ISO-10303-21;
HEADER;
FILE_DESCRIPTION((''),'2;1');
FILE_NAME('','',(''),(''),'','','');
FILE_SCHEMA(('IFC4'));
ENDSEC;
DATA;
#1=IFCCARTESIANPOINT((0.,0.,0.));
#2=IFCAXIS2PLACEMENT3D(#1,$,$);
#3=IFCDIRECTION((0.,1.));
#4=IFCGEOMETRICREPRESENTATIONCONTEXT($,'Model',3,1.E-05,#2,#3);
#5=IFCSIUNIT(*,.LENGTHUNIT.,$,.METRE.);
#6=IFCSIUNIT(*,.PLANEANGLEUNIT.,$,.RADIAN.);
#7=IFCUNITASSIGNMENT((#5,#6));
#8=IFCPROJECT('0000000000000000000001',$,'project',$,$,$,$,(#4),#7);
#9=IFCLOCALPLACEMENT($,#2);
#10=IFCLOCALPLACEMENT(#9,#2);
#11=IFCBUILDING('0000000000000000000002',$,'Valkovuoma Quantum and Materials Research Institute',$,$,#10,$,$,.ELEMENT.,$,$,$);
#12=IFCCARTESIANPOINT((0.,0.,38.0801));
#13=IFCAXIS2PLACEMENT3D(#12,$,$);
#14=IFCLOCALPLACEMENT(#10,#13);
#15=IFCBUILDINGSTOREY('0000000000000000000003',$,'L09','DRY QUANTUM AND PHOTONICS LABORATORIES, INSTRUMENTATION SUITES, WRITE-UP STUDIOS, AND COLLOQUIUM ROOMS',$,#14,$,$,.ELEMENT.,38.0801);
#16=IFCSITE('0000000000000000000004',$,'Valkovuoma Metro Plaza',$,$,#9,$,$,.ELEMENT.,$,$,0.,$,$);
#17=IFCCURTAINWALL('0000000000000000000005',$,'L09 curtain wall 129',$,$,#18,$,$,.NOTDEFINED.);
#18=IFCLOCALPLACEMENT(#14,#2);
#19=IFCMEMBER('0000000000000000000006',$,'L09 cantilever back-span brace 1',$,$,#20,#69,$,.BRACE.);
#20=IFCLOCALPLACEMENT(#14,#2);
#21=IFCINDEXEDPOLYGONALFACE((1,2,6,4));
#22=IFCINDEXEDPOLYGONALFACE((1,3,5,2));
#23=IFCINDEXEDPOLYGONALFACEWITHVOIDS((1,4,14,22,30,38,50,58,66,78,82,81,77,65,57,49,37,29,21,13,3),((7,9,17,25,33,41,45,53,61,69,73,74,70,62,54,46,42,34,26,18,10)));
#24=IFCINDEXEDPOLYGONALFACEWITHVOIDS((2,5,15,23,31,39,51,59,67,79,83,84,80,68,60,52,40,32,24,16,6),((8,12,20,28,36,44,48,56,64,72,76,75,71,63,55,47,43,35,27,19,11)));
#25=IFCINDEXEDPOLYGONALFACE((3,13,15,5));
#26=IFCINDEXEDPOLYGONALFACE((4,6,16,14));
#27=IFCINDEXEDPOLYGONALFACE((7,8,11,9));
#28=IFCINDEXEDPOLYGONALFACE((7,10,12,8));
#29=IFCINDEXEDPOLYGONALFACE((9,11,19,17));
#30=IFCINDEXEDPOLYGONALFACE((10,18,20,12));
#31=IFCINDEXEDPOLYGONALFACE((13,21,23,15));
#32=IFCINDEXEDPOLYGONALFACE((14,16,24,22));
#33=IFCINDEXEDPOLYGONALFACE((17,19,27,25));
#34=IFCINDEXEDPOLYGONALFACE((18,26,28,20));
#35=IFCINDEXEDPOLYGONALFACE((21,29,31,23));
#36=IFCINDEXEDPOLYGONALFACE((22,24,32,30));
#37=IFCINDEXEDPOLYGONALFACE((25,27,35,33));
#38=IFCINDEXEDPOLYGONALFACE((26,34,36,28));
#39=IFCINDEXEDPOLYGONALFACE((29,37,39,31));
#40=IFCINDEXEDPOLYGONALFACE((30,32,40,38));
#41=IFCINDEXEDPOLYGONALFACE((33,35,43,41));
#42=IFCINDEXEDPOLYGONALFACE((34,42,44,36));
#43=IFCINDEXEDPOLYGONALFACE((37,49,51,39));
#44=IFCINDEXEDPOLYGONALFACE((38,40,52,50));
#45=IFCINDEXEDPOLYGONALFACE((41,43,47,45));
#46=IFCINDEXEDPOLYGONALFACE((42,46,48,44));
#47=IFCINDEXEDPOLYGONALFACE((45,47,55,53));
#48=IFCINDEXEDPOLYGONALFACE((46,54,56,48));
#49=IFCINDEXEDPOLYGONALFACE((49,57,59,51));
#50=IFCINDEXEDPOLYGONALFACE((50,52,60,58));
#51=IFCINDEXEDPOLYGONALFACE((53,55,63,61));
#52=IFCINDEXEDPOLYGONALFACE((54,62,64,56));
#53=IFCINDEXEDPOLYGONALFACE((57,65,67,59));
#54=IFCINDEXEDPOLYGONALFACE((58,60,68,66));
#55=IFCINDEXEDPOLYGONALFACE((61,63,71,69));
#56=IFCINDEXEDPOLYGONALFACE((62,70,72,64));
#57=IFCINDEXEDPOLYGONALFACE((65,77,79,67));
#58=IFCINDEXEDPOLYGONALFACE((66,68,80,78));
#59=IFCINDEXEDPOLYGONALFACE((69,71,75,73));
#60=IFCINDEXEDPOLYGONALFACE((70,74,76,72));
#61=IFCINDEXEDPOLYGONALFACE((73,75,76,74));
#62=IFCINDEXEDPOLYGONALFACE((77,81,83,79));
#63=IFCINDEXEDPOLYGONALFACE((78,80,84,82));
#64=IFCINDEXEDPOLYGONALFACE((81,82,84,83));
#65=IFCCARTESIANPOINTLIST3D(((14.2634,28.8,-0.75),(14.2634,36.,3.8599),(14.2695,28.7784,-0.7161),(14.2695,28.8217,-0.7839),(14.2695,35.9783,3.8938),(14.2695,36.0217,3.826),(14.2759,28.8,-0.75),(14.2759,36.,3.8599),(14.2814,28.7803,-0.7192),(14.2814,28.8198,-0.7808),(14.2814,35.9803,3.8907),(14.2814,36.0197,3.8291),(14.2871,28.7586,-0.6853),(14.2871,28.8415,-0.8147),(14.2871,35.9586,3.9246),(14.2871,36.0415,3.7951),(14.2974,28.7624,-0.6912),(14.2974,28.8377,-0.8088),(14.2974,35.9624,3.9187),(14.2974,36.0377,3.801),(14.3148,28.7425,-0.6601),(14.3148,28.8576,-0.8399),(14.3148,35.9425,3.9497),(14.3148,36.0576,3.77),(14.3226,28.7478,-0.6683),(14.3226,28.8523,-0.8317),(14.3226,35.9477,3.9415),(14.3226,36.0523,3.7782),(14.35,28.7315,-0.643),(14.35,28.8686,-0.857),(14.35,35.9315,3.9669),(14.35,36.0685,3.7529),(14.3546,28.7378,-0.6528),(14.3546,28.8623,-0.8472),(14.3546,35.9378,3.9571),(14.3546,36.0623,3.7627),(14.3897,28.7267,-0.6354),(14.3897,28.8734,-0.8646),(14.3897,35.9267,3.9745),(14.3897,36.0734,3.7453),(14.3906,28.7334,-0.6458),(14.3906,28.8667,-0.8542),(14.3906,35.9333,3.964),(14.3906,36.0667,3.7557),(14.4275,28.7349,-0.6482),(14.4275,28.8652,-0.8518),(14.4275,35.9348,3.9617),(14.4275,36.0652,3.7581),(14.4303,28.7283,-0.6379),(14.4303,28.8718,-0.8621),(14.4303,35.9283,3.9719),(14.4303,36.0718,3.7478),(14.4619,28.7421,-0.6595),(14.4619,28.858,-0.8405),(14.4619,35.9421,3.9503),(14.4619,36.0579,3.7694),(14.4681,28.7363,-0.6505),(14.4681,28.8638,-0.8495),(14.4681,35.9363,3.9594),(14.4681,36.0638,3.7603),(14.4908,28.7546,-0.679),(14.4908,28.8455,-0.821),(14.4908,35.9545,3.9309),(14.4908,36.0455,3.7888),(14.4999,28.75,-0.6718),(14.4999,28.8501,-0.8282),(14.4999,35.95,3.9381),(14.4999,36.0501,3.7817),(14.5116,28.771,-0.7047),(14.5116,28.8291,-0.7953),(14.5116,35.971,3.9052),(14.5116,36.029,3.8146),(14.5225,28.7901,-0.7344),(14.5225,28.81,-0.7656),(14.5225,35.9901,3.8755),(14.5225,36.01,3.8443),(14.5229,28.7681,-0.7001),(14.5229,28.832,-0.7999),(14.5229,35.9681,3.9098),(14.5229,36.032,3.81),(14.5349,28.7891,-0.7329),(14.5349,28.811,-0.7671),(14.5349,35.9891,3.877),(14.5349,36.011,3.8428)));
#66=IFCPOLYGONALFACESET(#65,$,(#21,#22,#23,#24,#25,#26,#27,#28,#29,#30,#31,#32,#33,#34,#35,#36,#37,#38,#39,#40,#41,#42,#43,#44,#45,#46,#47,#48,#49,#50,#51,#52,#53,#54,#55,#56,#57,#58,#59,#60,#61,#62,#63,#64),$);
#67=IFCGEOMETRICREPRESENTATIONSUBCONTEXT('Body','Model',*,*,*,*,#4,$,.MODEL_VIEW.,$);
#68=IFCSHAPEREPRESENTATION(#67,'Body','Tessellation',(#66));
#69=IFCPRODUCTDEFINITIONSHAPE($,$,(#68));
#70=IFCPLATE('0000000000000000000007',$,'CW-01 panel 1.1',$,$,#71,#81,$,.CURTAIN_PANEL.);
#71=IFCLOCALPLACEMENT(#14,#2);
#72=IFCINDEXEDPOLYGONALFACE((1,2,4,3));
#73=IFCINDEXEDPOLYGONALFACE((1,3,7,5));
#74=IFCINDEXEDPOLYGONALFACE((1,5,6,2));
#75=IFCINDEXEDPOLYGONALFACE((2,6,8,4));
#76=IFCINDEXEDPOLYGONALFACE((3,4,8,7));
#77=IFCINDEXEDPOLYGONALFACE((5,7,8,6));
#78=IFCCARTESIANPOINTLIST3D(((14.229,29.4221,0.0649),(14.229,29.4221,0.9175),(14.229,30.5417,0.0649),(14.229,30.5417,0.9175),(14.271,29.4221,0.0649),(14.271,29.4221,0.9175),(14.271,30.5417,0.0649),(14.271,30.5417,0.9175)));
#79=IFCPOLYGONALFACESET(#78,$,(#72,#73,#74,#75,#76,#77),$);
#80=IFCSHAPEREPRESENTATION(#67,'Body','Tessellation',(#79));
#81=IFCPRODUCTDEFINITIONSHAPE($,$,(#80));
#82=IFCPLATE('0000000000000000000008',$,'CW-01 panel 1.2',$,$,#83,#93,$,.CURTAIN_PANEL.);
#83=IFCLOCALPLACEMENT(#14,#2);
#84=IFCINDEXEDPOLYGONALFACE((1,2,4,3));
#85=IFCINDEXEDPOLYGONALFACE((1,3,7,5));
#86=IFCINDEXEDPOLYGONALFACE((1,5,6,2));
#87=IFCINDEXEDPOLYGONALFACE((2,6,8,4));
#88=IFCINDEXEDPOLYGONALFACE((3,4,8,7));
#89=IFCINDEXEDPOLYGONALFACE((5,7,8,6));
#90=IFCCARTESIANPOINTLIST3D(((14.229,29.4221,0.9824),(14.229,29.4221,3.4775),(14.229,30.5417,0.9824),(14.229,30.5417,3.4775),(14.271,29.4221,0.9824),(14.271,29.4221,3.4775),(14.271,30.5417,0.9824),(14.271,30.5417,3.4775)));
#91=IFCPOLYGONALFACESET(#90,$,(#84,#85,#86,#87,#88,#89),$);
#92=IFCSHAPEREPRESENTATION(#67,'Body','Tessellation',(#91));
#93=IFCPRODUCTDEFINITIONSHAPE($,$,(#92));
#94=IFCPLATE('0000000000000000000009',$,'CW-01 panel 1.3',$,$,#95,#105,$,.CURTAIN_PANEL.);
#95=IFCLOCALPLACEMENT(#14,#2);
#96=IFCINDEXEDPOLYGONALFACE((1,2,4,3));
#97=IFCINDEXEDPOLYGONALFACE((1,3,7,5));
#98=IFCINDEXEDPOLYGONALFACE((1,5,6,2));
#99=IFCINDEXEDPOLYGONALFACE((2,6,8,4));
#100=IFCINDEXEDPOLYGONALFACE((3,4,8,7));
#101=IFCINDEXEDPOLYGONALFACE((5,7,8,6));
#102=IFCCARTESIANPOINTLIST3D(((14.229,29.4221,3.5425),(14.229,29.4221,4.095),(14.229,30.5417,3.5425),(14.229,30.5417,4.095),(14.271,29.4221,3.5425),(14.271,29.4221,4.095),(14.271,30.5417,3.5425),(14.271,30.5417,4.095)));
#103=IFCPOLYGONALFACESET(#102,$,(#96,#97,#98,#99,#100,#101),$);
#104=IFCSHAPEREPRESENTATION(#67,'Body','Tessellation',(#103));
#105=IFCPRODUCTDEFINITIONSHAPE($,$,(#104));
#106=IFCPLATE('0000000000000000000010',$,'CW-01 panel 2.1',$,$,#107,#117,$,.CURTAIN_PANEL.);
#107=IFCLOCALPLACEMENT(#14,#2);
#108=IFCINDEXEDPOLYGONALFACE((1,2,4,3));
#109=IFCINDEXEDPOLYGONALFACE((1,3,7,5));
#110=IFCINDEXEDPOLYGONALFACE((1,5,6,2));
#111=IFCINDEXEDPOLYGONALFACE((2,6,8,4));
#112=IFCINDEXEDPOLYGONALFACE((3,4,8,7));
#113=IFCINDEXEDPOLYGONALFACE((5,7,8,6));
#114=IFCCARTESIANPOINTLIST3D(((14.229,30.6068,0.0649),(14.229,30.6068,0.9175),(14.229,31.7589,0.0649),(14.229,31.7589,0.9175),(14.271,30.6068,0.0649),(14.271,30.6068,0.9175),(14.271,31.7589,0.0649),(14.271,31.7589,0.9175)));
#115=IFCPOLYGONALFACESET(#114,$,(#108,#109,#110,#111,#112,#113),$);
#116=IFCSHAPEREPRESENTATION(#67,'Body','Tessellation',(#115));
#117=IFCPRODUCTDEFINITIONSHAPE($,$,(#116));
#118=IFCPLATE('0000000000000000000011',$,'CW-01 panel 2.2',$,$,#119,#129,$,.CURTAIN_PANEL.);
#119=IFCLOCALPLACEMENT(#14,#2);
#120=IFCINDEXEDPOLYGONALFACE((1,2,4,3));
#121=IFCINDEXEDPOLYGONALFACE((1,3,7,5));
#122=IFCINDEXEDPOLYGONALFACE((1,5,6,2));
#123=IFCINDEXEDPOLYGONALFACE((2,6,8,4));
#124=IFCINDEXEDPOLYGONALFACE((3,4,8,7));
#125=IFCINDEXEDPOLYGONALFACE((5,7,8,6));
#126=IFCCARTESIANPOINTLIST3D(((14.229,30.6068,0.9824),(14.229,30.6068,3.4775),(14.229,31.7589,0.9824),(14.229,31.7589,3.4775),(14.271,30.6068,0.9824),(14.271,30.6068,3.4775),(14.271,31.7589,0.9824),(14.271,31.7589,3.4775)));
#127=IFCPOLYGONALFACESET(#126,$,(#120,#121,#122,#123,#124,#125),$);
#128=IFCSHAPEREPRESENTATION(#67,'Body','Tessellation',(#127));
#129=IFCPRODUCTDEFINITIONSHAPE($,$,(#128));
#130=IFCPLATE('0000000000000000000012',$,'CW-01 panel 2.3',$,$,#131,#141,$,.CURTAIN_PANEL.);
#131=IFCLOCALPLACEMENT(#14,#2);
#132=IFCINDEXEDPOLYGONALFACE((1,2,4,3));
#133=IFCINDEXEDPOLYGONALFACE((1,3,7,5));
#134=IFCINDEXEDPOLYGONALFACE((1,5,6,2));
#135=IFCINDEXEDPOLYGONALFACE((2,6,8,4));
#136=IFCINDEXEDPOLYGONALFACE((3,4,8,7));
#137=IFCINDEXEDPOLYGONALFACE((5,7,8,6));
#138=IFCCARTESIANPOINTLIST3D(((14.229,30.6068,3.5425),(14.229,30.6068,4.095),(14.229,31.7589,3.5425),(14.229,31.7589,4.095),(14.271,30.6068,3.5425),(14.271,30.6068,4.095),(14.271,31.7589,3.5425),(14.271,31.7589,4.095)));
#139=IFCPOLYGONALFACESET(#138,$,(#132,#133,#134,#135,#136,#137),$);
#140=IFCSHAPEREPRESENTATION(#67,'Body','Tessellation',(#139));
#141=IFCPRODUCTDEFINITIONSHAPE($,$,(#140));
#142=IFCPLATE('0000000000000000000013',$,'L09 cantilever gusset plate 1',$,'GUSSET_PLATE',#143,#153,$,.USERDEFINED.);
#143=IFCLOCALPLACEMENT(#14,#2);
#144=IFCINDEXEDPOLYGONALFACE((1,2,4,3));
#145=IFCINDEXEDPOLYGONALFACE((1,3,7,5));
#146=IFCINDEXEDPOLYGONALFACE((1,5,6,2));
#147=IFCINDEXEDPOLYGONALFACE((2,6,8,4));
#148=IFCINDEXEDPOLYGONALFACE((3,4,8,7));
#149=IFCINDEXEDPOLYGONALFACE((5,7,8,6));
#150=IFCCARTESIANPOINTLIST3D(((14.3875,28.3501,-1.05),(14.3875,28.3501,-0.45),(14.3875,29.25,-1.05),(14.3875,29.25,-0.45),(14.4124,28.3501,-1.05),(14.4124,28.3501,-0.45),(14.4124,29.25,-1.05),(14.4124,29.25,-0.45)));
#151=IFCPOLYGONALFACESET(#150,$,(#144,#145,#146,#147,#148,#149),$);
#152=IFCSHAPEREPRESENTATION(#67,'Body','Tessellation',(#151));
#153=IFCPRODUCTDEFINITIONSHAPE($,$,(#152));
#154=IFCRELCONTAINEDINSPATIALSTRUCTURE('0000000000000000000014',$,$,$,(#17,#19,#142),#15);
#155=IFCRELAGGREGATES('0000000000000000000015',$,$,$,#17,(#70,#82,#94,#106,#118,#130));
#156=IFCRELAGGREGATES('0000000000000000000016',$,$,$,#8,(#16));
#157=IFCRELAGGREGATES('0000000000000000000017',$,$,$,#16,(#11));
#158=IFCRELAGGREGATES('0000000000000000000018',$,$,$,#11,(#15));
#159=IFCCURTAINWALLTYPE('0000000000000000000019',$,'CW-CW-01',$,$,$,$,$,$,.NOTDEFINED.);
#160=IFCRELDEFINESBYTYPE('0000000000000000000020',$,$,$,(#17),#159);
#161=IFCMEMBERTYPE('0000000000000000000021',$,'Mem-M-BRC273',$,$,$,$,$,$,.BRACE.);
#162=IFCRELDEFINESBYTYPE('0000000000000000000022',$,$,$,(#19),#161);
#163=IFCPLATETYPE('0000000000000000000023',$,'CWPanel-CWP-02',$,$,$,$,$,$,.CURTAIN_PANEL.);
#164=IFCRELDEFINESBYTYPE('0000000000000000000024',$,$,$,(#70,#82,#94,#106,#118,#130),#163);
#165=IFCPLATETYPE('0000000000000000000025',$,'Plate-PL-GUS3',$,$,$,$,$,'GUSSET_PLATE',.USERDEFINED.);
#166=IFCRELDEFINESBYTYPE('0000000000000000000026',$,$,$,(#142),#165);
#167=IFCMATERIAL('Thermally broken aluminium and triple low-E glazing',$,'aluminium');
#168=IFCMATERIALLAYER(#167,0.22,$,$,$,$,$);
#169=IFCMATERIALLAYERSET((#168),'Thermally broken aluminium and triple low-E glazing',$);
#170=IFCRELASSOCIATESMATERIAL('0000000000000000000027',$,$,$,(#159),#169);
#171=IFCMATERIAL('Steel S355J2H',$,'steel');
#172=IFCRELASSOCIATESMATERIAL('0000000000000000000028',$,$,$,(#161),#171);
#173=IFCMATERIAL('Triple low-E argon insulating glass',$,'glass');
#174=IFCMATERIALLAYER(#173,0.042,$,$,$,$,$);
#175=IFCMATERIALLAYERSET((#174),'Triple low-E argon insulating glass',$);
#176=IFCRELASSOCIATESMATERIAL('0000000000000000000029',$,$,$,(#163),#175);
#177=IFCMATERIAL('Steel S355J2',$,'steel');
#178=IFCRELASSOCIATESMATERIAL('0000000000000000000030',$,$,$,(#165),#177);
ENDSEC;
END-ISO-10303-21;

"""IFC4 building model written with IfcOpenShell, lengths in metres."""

from ifc_helpers import new_model, si_unit, direction, frame, origin, origin_2d, place, context, subcontext, project, spatial, rectangle, hollow_circle, extrude, material, layer, layer_set, material_profile, profile_set, type_object, element, aggregate, save


model = new_model("IFC4")

# Units and contexts
model_context = context("Model", 3, precision=1e-05, world=origin(), true_north=direction((0.0, 1.0)))
body_context = subcontext(model_context, "Body", "Model", "MODEL_VIEW")
ifc_project = project(units=[si_unit("LENGTHUNIT", "METRE"), si_unit("PLANEANGLEUNIT", "RADIAN")], contexts=[model_context])

# Site, building, storey
site_placement = place(None, origin())
site = spatial("IfcSite", under=ifc_project, at=site_placement, Name="Valkovuoma Metro Plaza", CompositionType="ELEMENT", RefElevation=0.0)
building_placement = place(site_placement, origin())
building = spatial("IfcBuilding", under=site, at=building_placement, Name="Valkovuoma Quantum and Materials Research Institute", CompositionType="ELEMENT")
storey_placement = place(building_placement, frame((0.0, 0.0, 38.0801)))
storey = spatial("IfcBuildingStorey", under=building, at=storey_placement, Name="L09", Description="DRY QUANTUM AND PHOTONICS LABORATORIES, INSTRUMENTATION SUITES, WRITE-UP STUDIOS, AND COLLOQUIUM ROOMS", CompositionType="ELEMENT", Elevation=38.0801)

# Curtain wall
ifc_material_1 = material(Name="Thermally broken aluminium and triple low-E glazing", Category="aluminium")
ifc_layer_1 = layer(ifc_material_1, 0.22)
ifc_layer_set_1 = layer_set([ifc_layer_1], Name="Thermally broken aluminium and triple low-E glazing")
curtain_wall_type = type_object("IfcCurtainWallType", Name="CW-CW-01", PredefinedType="NOTDEFINED", material=ifc_layer_set_1)
curtain_wall_placement = place(storey_placement, origin())
curtain_wall = element("IfcCurtainWall", 1, at=curtain_wall_placement, inside=storey, type_object=curtain_wall_type, Name="L09 curtain wall 129", PredefinedType="NOTDEFINED")

# Member
ifc_material_2 = material(Name="Steel S355J2H", Category="steel")
ifc_material_profile_1 = material_profile(ifc_material_2, hollow_circle(Radius=0.1365, WallThickness=0.0125, at=origin_2d()), Name="Steel S355J2H")
ifc_profile_set_1 = profile_set([ifc_material_profile_1], Name="Steel S355J2H")
member_type_1 = type_object("IfcMemberType", Name="Mem-M-BRC273", PredefinedType="BRACE", material=ifc_profile_set_1)
member_1_placement = place(storey_placement, frame((14.3999, 28.8, -0.75), z_axis=(0.0, 0.842171, 0.539211), x_axis=(-1.0, 0.0, 0.0)))
element("IfcMember", 2, at=member_1_placement, inside=storey, type_object=member_type_1, Name="L09 cantilever back-span brace 1", PredefinedType="BRACE", context=body_context, shape_type="SweptSolid", body=[
    extrude(hollow_circle(Radius=0.1365, WallThickness=0.0125, at=origin_2d()), origin(), (0.0, 0.0, 1.0), 8.5493),
])

# Plates
ifc_material_3 = material(Name="Triple low-E argon insulating glass", Category="glass")
ifc_layer_2 = layer(ifc_material_3, 0.042)
ifc_layer_set_2 = layer_set([ifc_layer_2], Name="Triple low-E argon insulating glass")
plate_type_1 = type_object("IfcPlateType", Name="CWPanel-CWP-02", PredefinedType="CURTAIN_PANEL", material=ifc_layer_set_2)
plate_1_placement = place(storey_placement, frame((14.25, 29.9819, 0.0649), z_axis=(0.0, 0.0, 1.0), x_axis=(0.0, 1.0, 0.0)))
plate_1 = element("IfcPlate", 3, at=plate_1_placement, type_object=plate_type_1, Name="CW-01 panel 1.1", PredefinedType="CURTAIN_PANEL", context=body_context, shape_type="SweptSolid", body=[
    extrude(rectangle(XDim=1.1196, YDim=0.042, at=origin_2d()), origin(), (0.0, 0.0, 1.0), 0.8525),
])
plate_2_placement = place(storey_placement, frame((14.25, 29.9819, 0.9824), z_axis=(0.0, 0.0, 1.0), x_axis=(0.0, 1.0, 0.0)))
plate_2 = element("IfcPlate", 4, at=plate_2_placement, type_object=plate_type_1, Name="CW-01 panel 1.2", PredefinedType="CURTAIN_PANEL", context=body_context, shape_type="SweptSolid", body=[
    extrude(rectangle(XDim=1.1196, YDim=0.042, at=origin_2d()), origin(), (0.0, 0.0, 1.0), 2.4951),
])
plate_3_placement = place(storey_placement, frame((14.25, 29.9819, 3.5425), z_axis=(0.0, 0.0, 1.0), x_axis=(0.0, 1.0, 0.0)))
plate_3 = element("IfcPlate", 5, at=plate_3_placement, type_object=plate_type_1, Name="CW-01 panel 1.3", PredefinedType="CURTAIN_PANEL", context=body_context, shape_type="SweptSolid", body=[
    extrude(rectangle(XDim=1.1196, YDim=0.042, at=origin_2d()), origin(), (0.0, 0.0, 1.0), 0.5525),
])
plate_4_placement = place(storey_placement, frame((14.25, 31.1829, 0.0649), z_axis=(0.0, 0.0, 1.0), x_axis=(0.0, 1.0, 0.0)))
plate_4 = element("IfcPlate", 6, at=plate_4_placement, type_object=plate_type_1, Name="CW-01 panel 2.1", PredefinedType="CURTAIN_PANEL", context=body_context, shape_type="SweptSolid", body=[
    extrude(rectangle(XDim=1.1521, YDim=0.042, at=origin_2d()), origin(), (0.0, 0.0, 1.0), 0.8525),
])
plate_5_placement = place(storey_placement, frame((14.25, 31.1829, 0.9824), z_axis=(0.0, 0.0, 1.0), x_axis=(0.0, 1.0, 0.0)))
plate_5 = element("IfcPlate", 7, at=plate_5_placement, type_object=plate_type_1, Name="CW-01 panel 2.2", PredefinedType="CURTAIN_PANEL", context=body_context, shape_type="SweptSolid", body=[
    extrude(rectangle(XDim=1.1521, YDim=0.042, at=origin_2d()), origin(), (0.0, 0.0, 1.0), 2.4951),
])
plate_6_placement = place(storey_placement, frame((14.25, 31.1829, 3.5425), z_axis=(0.0, 0.0, 1.0), x_axis=(0.0, 1.0, 0.0)))
plate_6 = element("IfcPlate", 8, at=plate_6_placement, type_object=plate_type_1, Name="CW-01 panel 2.3", PredefinedType="CURTAIN_PANEL", context=body_context, shape_type="SweptSolid", body=[
    extrude(rectangle(XDim=1.1521, YDim=0.042, at=origin_2d()), origin(), (0.0, 0.0, 1.0), 0.5525),
])
aggregate(curtain_wall, [plate_1, plate_2, plate_3, plate_4, plate_5, plate_6])
ifc_material_4 = material(Name="Steel S355J2", Category="steel")
plate_type_2 = type_object("IfcPlateType", Name="Plate-PL-GUS3", ElementType="GUSSET_PLATE", PredefinedType="USERDEFINED", material=ifc_material_4)
plate_7_placement = place(storey_placement, frame((14.3999, 28.8, -1.05), z_axis=(0.0, 0.0, 1.0), x_axis=(0.0, 1.0, 0.0)))
element("IfcPlate", 9, at=plate_7_placement, inside=storey, type_object=plate_type_2, Name="L09 cantilever gusset plate 1", ObjectType="GUSSET_PLATE", PredefinedType="USERDEFINED", context=body_context, shape_type="SweptSolid", body=[
    extrude(rectangle(XDim=0.8999, YDim=0.0249, at=origin_2d()), origin(), (0.0, 0.0, 1.0), 0.6001),
])

save(model, "model.ifc")
